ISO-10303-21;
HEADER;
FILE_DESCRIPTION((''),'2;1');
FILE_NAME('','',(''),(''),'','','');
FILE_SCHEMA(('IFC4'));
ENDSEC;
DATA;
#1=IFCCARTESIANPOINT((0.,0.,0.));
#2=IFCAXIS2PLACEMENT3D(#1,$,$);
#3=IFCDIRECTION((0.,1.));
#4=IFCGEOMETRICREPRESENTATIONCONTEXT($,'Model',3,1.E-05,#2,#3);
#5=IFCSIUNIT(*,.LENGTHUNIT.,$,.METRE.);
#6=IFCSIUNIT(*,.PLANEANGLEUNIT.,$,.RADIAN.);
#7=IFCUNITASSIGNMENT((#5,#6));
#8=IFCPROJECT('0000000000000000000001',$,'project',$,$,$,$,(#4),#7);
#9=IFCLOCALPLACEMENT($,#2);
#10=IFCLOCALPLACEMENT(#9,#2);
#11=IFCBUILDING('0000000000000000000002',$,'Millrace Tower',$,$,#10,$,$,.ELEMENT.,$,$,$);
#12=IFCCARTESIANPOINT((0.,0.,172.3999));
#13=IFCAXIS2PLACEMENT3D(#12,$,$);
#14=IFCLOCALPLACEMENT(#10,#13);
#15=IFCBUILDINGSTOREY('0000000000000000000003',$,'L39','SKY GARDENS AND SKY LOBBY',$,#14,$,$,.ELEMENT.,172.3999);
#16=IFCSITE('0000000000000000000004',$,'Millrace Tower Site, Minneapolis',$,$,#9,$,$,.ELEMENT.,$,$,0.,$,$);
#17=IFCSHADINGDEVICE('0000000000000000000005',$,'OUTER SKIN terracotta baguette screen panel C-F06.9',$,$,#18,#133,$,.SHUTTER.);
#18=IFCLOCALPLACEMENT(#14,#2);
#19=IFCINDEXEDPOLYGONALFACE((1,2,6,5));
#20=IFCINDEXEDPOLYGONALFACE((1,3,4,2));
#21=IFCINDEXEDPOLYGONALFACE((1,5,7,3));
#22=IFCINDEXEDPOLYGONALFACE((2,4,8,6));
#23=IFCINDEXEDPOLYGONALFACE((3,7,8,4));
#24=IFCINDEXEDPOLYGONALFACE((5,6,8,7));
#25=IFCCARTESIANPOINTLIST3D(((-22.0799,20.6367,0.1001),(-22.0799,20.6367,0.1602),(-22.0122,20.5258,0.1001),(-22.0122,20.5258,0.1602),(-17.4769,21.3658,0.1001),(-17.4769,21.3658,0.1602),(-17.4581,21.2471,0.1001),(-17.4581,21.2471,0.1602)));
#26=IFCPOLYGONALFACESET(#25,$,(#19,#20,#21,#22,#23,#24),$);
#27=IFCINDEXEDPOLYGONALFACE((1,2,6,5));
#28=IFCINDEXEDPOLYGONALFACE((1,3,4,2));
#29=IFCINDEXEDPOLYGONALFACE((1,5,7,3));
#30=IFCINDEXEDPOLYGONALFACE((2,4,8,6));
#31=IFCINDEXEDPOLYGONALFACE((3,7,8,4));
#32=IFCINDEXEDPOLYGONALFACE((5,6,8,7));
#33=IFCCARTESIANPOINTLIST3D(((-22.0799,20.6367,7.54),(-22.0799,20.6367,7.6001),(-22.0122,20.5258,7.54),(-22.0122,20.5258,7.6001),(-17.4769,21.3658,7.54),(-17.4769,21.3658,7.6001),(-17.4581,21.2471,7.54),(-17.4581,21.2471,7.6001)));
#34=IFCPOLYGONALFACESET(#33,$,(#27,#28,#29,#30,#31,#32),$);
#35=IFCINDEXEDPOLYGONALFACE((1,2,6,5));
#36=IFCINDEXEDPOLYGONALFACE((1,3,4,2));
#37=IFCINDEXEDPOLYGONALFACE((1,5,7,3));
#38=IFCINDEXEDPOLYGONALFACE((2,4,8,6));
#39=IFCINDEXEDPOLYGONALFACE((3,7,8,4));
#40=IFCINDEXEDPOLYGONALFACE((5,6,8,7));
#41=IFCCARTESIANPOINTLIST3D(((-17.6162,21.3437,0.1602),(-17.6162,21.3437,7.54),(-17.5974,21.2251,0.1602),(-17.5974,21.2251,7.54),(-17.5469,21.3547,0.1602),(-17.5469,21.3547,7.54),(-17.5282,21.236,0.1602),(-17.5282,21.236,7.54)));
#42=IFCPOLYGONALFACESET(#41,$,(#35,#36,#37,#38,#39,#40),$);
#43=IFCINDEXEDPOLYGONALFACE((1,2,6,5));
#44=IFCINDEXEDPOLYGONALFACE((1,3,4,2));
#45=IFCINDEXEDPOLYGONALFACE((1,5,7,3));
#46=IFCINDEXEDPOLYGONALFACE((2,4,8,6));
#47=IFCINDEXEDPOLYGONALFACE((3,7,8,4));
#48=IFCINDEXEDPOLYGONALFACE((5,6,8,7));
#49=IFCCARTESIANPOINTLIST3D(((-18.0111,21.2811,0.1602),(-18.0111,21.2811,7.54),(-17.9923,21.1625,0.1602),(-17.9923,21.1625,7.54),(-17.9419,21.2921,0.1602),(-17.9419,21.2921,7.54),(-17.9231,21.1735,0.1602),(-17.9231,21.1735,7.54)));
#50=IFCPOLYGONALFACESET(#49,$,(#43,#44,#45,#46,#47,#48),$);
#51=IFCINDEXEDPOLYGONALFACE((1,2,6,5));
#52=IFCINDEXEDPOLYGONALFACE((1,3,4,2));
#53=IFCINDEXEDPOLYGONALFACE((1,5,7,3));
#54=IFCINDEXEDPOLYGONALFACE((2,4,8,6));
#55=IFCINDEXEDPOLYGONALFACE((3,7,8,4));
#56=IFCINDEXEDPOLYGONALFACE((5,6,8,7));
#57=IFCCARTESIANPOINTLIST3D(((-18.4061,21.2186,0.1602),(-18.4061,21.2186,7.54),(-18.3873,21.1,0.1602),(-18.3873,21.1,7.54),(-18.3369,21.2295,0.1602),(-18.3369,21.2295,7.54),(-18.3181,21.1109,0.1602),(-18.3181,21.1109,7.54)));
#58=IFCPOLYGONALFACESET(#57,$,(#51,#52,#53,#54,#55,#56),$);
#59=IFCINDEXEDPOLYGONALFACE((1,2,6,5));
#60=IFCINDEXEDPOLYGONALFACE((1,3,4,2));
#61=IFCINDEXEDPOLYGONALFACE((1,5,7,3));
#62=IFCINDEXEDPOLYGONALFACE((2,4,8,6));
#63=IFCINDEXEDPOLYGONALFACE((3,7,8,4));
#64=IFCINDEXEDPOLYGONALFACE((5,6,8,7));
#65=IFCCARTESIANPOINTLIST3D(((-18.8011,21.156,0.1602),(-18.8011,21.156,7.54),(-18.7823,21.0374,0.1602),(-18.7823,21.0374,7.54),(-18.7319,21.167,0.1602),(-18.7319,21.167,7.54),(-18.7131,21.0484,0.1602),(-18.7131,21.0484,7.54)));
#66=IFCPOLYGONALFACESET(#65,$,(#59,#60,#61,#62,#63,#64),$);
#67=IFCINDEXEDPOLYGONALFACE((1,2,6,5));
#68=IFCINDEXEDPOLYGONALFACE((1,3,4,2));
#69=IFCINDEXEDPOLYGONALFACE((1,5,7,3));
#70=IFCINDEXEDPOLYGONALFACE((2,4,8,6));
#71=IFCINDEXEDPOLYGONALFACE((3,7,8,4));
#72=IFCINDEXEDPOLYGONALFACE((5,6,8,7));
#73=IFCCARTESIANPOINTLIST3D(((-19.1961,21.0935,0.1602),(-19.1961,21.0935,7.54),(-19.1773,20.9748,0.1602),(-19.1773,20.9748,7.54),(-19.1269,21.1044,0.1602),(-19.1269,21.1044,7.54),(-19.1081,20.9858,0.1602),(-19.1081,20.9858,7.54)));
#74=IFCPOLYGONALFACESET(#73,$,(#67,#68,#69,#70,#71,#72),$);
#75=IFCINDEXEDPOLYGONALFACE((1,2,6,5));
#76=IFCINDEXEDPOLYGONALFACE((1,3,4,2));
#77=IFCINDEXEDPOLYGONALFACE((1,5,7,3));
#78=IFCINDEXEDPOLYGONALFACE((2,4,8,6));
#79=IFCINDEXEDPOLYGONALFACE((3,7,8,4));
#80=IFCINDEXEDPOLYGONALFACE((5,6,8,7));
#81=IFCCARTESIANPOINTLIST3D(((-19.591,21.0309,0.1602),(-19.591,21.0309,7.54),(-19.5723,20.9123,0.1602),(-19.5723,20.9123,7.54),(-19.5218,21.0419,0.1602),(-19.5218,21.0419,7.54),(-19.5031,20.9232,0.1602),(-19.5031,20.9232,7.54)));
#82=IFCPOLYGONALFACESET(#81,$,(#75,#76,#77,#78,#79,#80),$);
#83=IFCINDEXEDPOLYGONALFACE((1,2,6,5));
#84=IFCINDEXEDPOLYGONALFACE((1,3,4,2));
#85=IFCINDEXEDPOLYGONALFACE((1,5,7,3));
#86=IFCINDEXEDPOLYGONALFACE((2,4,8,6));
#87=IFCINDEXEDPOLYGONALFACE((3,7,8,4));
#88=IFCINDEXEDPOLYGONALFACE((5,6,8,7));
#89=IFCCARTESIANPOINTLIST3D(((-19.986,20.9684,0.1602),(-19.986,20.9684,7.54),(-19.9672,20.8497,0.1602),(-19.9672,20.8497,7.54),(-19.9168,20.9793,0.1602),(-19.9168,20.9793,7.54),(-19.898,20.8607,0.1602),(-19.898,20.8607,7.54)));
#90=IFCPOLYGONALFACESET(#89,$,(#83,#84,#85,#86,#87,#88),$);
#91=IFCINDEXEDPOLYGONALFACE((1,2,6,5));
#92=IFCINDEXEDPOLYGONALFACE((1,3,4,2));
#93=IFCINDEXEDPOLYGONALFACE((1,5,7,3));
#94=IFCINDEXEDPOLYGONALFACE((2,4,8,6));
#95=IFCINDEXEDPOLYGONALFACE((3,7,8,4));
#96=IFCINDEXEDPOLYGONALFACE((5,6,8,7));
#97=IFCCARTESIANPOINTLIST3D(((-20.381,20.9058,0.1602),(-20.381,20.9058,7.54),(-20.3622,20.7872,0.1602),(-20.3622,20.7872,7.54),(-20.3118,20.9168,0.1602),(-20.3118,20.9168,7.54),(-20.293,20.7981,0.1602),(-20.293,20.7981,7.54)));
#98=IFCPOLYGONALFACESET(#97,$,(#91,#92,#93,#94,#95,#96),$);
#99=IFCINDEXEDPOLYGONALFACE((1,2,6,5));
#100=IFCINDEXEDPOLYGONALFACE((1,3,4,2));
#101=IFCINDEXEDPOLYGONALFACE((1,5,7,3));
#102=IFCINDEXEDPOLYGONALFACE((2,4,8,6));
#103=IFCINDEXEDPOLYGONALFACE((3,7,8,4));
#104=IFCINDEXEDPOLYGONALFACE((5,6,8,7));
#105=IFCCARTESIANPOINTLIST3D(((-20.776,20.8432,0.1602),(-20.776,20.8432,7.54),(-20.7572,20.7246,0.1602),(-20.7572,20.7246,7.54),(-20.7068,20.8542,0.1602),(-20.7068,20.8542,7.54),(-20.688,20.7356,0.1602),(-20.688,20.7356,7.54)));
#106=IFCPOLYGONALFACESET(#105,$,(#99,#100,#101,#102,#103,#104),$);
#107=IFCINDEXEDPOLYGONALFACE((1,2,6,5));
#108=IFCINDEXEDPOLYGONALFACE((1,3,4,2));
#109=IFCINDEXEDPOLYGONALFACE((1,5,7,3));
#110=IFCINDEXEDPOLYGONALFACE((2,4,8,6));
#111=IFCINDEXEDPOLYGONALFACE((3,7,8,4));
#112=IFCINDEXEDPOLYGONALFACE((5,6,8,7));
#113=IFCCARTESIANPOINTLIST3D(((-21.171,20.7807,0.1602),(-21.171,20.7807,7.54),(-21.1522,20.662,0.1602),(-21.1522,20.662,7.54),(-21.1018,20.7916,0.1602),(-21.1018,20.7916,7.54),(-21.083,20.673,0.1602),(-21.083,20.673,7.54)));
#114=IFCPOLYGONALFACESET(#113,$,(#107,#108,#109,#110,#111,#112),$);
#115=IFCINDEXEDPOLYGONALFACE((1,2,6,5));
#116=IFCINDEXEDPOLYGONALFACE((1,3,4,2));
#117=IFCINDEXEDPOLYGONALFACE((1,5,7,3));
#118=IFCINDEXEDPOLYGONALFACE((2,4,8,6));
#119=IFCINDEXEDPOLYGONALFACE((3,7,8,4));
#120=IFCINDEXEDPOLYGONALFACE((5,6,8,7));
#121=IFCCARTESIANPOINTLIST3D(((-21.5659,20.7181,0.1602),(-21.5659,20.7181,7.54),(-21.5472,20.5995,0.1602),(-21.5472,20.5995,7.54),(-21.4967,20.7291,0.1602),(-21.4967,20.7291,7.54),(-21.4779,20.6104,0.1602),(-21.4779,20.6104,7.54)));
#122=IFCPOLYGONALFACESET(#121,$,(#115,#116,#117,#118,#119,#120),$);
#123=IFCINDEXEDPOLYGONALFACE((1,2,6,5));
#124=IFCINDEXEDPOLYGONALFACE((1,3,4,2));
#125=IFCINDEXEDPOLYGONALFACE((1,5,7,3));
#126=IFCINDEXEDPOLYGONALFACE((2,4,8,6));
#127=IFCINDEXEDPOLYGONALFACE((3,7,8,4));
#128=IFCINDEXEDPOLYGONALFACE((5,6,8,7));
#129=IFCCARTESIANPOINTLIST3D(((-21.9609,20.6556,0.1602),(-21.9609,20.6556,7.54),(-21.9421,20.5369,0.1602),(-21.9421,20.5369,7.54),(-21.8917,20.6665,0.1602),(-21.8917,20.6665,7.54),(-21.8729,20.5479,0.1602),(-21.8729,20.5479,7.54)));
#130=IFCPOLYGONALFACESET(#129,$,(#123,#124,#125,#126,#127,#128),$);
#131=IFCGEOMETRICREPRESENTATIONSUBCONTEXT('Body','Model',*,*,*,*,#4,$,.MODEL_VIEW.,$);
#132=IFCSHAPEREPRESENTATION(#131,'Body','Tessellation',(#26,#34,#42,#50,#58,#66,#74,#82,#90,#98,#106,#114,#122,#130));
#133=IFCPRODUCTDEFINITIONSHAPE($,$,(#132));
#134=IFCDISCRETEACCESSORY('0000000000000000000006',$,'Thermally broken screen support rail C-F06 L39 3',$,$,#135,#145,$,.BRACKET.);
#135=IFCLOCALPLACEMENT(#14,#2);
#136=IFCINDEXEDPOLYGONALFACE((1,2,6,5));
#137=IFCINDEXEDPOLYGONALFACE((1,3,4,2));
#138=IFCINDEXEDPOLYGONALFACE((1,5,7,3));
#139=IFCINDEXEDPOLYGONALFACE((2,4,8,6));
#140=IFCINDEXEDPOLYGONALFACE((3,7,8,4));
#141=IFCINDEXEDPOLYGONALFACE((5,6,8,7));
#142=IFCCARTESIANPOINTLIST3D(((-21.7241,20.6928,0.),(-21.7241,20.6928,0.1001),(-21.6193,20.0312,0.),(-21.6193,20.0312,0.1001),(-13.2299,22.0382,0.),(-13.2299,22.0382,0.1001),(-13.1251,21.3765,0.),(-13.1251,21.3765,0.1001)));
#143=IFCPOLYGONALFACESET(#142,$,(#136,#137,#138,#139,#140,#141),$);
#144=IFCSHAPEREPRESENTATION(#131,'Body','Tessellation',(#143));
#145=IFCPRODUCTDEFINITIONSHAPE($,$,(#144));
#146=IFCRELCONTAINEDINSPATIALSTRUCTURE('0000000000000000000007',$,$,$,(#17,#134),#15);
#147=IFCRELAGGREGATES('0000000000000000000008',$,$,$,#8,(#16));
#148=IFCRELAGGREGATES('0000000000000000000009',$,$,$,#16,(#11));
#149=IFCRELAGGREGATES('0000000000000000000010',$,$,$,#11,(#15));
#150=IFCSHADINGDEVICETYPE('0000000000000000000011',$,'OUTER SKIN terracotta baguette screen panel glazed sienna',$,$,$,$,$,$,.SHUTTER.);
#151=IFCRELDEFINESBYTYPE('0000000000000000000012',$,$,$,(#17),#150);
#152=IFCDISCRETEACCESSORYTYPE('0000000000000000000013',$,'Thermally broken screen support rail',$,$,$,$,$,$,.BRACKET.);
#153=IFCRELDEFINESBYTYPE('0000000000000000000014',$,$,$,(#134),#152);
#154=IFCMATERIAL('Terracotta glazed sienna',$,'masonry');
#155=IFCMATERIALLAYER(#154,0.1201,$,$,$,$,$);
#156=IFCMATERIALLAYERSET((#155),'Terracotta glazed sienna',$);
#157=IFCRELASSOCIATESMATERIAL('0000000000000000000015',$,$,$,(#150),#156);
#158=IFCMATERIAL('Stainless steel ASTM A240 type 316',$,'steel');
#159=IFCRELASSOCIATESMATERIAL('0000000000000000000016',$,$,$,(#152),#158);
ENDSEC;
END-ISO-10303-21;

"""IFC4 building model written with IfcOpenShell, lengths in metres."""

from ifc_helpers import new_model, entity, si_unit, direction, frame, frame_2d, origin, origin_2d, place, context, subcontext, project, spatial, rectangle, extrude, source, transform, mapped, material, layer, layer_set, type_object, element, save


model = new_model("IFC4")

# Units and contexts
model_context = context("Model", 3, precision=1e-05, world=origin(), true_north=direction((0.0, 1.0)))
body_context = subcontext(model_context, "Body", "Model", "MODEL_VIEW")
ifc_project = project(units=[si_unit("LENGTHUNIT", "METRE"), si_unit("PLANEANGLEUNIT", "RADIAN")], contexts=[model_context])

# Site, building, storey
site_placement = place(None, origin())
site = spatial("IfcSite", under=ifc_project, at=site_placement, Name="Millrace Tower Site, Minneapolis", CompositionType="ELEMENT", RefElevation=0.0)
building_placement = place(site_placement, origin())
building = spatial("IfcBuilding", under=site, at=building_placement, Name="Millrace Tower", CompositionType="ELEMENT")
storey_placement = place(building_placement, frame((0.0, 0.0, 172.3999)))
storey = spatial("IfcBuildingStorey", under=building, at=storey_placement, Name="L39", Description="SKY GARDENS AND SKY LOBBY", CompositionType="ELEMENT", Elevation=172.3999)

# Shading device
ifc_material_1 = material(Name="Terracotta glazed sienna", Category="masonry")
ifc_layer_1 = layer(ifc_material_1, 0.1201)
ifc_layer_set_1 = layer_set([ifc_layer_1], Name="Terracotta glazed sienna")
shading_device_type = type_object("IfcShadingDeviceType", Name="OUTER SKIN terracotta baguette screen panel glazed sienna", PredefinedType="SHUTTER", material=ifc_layer_set_1)
cartesian_point_1 = entity("IfcCartesianPoint", [-2.3179, 0.0601])
shared_polyline_1 = entity("IfcPolyline", [cartesian_point_1, entity("IfcCartesianPoint", [2.293, 0.0601]), entity("IfcCartesianPoint", [2.3425, -0.0601]), entity("IfcCartesianPoint", [-2.3179, -0.0601]), cartesian_point_1])
shared_shape_1 = source(origin(), body_context, "Body", "SweptSolid", [
    entity("IfcExtrudedAreaSolid", entity("IfcArbitraryClosedProfileDef", "AREA", None, shared_polyline_1), entity("IfcAxis2Placement3D", entity("IfcCartesianPoint", [0.0, 0.0, 0.0])), entity("IfcDirection", [0.0, 0.0, 1.0]), 0.0601),
    entity("IfcExtrudedAreaSolid", entity("IfcArbitraryClosedProfileDef", "AREA", None, shared_polyline_1), entity("IfcAxis2Placement3D", entity("IfcCartesianPoint", [0.0, 0.0, 7.4399])), entity("IfcDirection", [0.0, 0.0, 1.0]), 0.0601),
    extrude(rectangle(XDim=0.0701, YDim=0.1201, at=frame_2d((-2.2119, 0.0))), frame((0.0, 0.0, 0.0601)), (0.0, 0.0, 1.0), 7.3799),
    extrude(rectangle(XDim=0.0701, YDim=0.1201, at=frame_2d((-1.812, 0.0))), frame((0.0, 0.0, 0.0601)), (0.0, 0.0, 1.0), 7.3799),
    extrude(rectangle(XDim=0.0701, YDim=0.1201, at=frame_2d((-1.4121, 0.0))), frame((0.0, 0.0, 0.0601)), (0.0, 0.0, 1.0), 7.3799),
    extrude(rectangle(XDim=0.0701, YDim=0.1201, at=frame_2d((-1.0122, 0.0))), frame((0.0, 0.0, 0.0601)), (0.0, 0.0, 1.0), 7.3799),
    extrude(rectangle(XDim=0.0701, YDim=0.1201, at=frame_2d((-0.6123, 0.0))), frame((0.0, 0.0, 0.0601)), (0.0, 0.0, 1.0), 7.3799),
    extrude(rectangle(XDim=0.0701, YDim=0.1201, at=frame_2d((-0.2124, 0.0))), frame((0.0, 0.0, 0.0601)), (0.0, 0.0, 1.0), 7.3799),
    extrude(rectangle(XDim=0.0701, YDim=0.1201, at=frame_2d((0.1875, 0.0))), frame((0.0, 0.0, 0.0601)), (0.0, 0.0, 1.0), 7.3799),
    extrude(rectangle(XDim=0.0701, YDim=0.1201, at=frame_2d((0.5874, 0.0))), frame((0.0, 0.0, 0.0601)), (0.0, 0.0, 1.0), 7.3799),
    extrude(rectangle(XDim=0.0701, YDim=0.1201, at=frame_2d((0.9873, 0.0))), frame((0.0, 0.0, 0.0601)), (0.0, 0.0, 1.0), 7.3799),
    extrude(rectangle(XDim=0.0701, YDim=0.1201, at=frame_2d((1.3872, 0.0))), frame((0.0, 0.0, 0.0601)), (0.0, 0.0, 1.0), 7.3799),
    extrude(rectangle(XDim=0.0701, YDim=0.1201, at=frame_2d((1.7871, 0.0))), frame((0.0, 0.0, 0.0601)), (0.0, 0.0, 1.0), 7.3799),
    extrude(rectangle(XDim=0.0701, YDim=0.1201, at=frame_2d((2.187, 0.0))), frame((0.0, 0.0, 0.0601)), (0.0, 0.0, 1.0), 7.3799),
])
shading_device_1_placement = place(storey_placement, frame((-19.7568, 20.9438, 0.1001), z_axis=(0.0, 0.0, 1.0), x_axis=(-0.987688, -0.156434, 0.0)))
element("IfcShadingDevice", 1, at=shading_device_1_placement, inside=storey, type_object=shading_device_type, Name="OUTER SKIN terracotta baguette screen panel C-F06.9", PredefinedType="SHUTTER", context=body_context, shape_type="MappedRepresentation", body=[
    mapped(shared_shape_1, transform((0.0, 0.0, 0.0), scale=1.0)),
])

# Discrete accessory
ifc_material_2 = material(Name="Stainless steel ASTM A240 type 316", Category="steel")
discrete_accessory_type = type_object("IfcDiscreteAccessoryType", Name="Thermally broken screen support rail", PredefinedType="BRACKET", material=ifc_material_2)
discrete_accessory_placement = place(storey_placement, frame((-17.4246, 21.0347, 0.0), z_axis=(0.0, 0.0, 1.0), x_axis=(-0.987688, -0.156434, 0.0)))
element("IfcDiscreteAccessory", 2, at=discrete_accessory_placement, inside=storey, type_object=discrete_accessory_type, Name="Thermally broken screen support rail C-F06 L39 3", PredefinedType="BRACKET", context=body_context, shape_type="SweptSolid", body=[
    extrude(rectangle(XDim=8.6001, YDim=0.6699, at=origin_2d()), origin(), (0.0, 0.0, 1.0), 0.1001),
])

save(model, "model.ifc")
